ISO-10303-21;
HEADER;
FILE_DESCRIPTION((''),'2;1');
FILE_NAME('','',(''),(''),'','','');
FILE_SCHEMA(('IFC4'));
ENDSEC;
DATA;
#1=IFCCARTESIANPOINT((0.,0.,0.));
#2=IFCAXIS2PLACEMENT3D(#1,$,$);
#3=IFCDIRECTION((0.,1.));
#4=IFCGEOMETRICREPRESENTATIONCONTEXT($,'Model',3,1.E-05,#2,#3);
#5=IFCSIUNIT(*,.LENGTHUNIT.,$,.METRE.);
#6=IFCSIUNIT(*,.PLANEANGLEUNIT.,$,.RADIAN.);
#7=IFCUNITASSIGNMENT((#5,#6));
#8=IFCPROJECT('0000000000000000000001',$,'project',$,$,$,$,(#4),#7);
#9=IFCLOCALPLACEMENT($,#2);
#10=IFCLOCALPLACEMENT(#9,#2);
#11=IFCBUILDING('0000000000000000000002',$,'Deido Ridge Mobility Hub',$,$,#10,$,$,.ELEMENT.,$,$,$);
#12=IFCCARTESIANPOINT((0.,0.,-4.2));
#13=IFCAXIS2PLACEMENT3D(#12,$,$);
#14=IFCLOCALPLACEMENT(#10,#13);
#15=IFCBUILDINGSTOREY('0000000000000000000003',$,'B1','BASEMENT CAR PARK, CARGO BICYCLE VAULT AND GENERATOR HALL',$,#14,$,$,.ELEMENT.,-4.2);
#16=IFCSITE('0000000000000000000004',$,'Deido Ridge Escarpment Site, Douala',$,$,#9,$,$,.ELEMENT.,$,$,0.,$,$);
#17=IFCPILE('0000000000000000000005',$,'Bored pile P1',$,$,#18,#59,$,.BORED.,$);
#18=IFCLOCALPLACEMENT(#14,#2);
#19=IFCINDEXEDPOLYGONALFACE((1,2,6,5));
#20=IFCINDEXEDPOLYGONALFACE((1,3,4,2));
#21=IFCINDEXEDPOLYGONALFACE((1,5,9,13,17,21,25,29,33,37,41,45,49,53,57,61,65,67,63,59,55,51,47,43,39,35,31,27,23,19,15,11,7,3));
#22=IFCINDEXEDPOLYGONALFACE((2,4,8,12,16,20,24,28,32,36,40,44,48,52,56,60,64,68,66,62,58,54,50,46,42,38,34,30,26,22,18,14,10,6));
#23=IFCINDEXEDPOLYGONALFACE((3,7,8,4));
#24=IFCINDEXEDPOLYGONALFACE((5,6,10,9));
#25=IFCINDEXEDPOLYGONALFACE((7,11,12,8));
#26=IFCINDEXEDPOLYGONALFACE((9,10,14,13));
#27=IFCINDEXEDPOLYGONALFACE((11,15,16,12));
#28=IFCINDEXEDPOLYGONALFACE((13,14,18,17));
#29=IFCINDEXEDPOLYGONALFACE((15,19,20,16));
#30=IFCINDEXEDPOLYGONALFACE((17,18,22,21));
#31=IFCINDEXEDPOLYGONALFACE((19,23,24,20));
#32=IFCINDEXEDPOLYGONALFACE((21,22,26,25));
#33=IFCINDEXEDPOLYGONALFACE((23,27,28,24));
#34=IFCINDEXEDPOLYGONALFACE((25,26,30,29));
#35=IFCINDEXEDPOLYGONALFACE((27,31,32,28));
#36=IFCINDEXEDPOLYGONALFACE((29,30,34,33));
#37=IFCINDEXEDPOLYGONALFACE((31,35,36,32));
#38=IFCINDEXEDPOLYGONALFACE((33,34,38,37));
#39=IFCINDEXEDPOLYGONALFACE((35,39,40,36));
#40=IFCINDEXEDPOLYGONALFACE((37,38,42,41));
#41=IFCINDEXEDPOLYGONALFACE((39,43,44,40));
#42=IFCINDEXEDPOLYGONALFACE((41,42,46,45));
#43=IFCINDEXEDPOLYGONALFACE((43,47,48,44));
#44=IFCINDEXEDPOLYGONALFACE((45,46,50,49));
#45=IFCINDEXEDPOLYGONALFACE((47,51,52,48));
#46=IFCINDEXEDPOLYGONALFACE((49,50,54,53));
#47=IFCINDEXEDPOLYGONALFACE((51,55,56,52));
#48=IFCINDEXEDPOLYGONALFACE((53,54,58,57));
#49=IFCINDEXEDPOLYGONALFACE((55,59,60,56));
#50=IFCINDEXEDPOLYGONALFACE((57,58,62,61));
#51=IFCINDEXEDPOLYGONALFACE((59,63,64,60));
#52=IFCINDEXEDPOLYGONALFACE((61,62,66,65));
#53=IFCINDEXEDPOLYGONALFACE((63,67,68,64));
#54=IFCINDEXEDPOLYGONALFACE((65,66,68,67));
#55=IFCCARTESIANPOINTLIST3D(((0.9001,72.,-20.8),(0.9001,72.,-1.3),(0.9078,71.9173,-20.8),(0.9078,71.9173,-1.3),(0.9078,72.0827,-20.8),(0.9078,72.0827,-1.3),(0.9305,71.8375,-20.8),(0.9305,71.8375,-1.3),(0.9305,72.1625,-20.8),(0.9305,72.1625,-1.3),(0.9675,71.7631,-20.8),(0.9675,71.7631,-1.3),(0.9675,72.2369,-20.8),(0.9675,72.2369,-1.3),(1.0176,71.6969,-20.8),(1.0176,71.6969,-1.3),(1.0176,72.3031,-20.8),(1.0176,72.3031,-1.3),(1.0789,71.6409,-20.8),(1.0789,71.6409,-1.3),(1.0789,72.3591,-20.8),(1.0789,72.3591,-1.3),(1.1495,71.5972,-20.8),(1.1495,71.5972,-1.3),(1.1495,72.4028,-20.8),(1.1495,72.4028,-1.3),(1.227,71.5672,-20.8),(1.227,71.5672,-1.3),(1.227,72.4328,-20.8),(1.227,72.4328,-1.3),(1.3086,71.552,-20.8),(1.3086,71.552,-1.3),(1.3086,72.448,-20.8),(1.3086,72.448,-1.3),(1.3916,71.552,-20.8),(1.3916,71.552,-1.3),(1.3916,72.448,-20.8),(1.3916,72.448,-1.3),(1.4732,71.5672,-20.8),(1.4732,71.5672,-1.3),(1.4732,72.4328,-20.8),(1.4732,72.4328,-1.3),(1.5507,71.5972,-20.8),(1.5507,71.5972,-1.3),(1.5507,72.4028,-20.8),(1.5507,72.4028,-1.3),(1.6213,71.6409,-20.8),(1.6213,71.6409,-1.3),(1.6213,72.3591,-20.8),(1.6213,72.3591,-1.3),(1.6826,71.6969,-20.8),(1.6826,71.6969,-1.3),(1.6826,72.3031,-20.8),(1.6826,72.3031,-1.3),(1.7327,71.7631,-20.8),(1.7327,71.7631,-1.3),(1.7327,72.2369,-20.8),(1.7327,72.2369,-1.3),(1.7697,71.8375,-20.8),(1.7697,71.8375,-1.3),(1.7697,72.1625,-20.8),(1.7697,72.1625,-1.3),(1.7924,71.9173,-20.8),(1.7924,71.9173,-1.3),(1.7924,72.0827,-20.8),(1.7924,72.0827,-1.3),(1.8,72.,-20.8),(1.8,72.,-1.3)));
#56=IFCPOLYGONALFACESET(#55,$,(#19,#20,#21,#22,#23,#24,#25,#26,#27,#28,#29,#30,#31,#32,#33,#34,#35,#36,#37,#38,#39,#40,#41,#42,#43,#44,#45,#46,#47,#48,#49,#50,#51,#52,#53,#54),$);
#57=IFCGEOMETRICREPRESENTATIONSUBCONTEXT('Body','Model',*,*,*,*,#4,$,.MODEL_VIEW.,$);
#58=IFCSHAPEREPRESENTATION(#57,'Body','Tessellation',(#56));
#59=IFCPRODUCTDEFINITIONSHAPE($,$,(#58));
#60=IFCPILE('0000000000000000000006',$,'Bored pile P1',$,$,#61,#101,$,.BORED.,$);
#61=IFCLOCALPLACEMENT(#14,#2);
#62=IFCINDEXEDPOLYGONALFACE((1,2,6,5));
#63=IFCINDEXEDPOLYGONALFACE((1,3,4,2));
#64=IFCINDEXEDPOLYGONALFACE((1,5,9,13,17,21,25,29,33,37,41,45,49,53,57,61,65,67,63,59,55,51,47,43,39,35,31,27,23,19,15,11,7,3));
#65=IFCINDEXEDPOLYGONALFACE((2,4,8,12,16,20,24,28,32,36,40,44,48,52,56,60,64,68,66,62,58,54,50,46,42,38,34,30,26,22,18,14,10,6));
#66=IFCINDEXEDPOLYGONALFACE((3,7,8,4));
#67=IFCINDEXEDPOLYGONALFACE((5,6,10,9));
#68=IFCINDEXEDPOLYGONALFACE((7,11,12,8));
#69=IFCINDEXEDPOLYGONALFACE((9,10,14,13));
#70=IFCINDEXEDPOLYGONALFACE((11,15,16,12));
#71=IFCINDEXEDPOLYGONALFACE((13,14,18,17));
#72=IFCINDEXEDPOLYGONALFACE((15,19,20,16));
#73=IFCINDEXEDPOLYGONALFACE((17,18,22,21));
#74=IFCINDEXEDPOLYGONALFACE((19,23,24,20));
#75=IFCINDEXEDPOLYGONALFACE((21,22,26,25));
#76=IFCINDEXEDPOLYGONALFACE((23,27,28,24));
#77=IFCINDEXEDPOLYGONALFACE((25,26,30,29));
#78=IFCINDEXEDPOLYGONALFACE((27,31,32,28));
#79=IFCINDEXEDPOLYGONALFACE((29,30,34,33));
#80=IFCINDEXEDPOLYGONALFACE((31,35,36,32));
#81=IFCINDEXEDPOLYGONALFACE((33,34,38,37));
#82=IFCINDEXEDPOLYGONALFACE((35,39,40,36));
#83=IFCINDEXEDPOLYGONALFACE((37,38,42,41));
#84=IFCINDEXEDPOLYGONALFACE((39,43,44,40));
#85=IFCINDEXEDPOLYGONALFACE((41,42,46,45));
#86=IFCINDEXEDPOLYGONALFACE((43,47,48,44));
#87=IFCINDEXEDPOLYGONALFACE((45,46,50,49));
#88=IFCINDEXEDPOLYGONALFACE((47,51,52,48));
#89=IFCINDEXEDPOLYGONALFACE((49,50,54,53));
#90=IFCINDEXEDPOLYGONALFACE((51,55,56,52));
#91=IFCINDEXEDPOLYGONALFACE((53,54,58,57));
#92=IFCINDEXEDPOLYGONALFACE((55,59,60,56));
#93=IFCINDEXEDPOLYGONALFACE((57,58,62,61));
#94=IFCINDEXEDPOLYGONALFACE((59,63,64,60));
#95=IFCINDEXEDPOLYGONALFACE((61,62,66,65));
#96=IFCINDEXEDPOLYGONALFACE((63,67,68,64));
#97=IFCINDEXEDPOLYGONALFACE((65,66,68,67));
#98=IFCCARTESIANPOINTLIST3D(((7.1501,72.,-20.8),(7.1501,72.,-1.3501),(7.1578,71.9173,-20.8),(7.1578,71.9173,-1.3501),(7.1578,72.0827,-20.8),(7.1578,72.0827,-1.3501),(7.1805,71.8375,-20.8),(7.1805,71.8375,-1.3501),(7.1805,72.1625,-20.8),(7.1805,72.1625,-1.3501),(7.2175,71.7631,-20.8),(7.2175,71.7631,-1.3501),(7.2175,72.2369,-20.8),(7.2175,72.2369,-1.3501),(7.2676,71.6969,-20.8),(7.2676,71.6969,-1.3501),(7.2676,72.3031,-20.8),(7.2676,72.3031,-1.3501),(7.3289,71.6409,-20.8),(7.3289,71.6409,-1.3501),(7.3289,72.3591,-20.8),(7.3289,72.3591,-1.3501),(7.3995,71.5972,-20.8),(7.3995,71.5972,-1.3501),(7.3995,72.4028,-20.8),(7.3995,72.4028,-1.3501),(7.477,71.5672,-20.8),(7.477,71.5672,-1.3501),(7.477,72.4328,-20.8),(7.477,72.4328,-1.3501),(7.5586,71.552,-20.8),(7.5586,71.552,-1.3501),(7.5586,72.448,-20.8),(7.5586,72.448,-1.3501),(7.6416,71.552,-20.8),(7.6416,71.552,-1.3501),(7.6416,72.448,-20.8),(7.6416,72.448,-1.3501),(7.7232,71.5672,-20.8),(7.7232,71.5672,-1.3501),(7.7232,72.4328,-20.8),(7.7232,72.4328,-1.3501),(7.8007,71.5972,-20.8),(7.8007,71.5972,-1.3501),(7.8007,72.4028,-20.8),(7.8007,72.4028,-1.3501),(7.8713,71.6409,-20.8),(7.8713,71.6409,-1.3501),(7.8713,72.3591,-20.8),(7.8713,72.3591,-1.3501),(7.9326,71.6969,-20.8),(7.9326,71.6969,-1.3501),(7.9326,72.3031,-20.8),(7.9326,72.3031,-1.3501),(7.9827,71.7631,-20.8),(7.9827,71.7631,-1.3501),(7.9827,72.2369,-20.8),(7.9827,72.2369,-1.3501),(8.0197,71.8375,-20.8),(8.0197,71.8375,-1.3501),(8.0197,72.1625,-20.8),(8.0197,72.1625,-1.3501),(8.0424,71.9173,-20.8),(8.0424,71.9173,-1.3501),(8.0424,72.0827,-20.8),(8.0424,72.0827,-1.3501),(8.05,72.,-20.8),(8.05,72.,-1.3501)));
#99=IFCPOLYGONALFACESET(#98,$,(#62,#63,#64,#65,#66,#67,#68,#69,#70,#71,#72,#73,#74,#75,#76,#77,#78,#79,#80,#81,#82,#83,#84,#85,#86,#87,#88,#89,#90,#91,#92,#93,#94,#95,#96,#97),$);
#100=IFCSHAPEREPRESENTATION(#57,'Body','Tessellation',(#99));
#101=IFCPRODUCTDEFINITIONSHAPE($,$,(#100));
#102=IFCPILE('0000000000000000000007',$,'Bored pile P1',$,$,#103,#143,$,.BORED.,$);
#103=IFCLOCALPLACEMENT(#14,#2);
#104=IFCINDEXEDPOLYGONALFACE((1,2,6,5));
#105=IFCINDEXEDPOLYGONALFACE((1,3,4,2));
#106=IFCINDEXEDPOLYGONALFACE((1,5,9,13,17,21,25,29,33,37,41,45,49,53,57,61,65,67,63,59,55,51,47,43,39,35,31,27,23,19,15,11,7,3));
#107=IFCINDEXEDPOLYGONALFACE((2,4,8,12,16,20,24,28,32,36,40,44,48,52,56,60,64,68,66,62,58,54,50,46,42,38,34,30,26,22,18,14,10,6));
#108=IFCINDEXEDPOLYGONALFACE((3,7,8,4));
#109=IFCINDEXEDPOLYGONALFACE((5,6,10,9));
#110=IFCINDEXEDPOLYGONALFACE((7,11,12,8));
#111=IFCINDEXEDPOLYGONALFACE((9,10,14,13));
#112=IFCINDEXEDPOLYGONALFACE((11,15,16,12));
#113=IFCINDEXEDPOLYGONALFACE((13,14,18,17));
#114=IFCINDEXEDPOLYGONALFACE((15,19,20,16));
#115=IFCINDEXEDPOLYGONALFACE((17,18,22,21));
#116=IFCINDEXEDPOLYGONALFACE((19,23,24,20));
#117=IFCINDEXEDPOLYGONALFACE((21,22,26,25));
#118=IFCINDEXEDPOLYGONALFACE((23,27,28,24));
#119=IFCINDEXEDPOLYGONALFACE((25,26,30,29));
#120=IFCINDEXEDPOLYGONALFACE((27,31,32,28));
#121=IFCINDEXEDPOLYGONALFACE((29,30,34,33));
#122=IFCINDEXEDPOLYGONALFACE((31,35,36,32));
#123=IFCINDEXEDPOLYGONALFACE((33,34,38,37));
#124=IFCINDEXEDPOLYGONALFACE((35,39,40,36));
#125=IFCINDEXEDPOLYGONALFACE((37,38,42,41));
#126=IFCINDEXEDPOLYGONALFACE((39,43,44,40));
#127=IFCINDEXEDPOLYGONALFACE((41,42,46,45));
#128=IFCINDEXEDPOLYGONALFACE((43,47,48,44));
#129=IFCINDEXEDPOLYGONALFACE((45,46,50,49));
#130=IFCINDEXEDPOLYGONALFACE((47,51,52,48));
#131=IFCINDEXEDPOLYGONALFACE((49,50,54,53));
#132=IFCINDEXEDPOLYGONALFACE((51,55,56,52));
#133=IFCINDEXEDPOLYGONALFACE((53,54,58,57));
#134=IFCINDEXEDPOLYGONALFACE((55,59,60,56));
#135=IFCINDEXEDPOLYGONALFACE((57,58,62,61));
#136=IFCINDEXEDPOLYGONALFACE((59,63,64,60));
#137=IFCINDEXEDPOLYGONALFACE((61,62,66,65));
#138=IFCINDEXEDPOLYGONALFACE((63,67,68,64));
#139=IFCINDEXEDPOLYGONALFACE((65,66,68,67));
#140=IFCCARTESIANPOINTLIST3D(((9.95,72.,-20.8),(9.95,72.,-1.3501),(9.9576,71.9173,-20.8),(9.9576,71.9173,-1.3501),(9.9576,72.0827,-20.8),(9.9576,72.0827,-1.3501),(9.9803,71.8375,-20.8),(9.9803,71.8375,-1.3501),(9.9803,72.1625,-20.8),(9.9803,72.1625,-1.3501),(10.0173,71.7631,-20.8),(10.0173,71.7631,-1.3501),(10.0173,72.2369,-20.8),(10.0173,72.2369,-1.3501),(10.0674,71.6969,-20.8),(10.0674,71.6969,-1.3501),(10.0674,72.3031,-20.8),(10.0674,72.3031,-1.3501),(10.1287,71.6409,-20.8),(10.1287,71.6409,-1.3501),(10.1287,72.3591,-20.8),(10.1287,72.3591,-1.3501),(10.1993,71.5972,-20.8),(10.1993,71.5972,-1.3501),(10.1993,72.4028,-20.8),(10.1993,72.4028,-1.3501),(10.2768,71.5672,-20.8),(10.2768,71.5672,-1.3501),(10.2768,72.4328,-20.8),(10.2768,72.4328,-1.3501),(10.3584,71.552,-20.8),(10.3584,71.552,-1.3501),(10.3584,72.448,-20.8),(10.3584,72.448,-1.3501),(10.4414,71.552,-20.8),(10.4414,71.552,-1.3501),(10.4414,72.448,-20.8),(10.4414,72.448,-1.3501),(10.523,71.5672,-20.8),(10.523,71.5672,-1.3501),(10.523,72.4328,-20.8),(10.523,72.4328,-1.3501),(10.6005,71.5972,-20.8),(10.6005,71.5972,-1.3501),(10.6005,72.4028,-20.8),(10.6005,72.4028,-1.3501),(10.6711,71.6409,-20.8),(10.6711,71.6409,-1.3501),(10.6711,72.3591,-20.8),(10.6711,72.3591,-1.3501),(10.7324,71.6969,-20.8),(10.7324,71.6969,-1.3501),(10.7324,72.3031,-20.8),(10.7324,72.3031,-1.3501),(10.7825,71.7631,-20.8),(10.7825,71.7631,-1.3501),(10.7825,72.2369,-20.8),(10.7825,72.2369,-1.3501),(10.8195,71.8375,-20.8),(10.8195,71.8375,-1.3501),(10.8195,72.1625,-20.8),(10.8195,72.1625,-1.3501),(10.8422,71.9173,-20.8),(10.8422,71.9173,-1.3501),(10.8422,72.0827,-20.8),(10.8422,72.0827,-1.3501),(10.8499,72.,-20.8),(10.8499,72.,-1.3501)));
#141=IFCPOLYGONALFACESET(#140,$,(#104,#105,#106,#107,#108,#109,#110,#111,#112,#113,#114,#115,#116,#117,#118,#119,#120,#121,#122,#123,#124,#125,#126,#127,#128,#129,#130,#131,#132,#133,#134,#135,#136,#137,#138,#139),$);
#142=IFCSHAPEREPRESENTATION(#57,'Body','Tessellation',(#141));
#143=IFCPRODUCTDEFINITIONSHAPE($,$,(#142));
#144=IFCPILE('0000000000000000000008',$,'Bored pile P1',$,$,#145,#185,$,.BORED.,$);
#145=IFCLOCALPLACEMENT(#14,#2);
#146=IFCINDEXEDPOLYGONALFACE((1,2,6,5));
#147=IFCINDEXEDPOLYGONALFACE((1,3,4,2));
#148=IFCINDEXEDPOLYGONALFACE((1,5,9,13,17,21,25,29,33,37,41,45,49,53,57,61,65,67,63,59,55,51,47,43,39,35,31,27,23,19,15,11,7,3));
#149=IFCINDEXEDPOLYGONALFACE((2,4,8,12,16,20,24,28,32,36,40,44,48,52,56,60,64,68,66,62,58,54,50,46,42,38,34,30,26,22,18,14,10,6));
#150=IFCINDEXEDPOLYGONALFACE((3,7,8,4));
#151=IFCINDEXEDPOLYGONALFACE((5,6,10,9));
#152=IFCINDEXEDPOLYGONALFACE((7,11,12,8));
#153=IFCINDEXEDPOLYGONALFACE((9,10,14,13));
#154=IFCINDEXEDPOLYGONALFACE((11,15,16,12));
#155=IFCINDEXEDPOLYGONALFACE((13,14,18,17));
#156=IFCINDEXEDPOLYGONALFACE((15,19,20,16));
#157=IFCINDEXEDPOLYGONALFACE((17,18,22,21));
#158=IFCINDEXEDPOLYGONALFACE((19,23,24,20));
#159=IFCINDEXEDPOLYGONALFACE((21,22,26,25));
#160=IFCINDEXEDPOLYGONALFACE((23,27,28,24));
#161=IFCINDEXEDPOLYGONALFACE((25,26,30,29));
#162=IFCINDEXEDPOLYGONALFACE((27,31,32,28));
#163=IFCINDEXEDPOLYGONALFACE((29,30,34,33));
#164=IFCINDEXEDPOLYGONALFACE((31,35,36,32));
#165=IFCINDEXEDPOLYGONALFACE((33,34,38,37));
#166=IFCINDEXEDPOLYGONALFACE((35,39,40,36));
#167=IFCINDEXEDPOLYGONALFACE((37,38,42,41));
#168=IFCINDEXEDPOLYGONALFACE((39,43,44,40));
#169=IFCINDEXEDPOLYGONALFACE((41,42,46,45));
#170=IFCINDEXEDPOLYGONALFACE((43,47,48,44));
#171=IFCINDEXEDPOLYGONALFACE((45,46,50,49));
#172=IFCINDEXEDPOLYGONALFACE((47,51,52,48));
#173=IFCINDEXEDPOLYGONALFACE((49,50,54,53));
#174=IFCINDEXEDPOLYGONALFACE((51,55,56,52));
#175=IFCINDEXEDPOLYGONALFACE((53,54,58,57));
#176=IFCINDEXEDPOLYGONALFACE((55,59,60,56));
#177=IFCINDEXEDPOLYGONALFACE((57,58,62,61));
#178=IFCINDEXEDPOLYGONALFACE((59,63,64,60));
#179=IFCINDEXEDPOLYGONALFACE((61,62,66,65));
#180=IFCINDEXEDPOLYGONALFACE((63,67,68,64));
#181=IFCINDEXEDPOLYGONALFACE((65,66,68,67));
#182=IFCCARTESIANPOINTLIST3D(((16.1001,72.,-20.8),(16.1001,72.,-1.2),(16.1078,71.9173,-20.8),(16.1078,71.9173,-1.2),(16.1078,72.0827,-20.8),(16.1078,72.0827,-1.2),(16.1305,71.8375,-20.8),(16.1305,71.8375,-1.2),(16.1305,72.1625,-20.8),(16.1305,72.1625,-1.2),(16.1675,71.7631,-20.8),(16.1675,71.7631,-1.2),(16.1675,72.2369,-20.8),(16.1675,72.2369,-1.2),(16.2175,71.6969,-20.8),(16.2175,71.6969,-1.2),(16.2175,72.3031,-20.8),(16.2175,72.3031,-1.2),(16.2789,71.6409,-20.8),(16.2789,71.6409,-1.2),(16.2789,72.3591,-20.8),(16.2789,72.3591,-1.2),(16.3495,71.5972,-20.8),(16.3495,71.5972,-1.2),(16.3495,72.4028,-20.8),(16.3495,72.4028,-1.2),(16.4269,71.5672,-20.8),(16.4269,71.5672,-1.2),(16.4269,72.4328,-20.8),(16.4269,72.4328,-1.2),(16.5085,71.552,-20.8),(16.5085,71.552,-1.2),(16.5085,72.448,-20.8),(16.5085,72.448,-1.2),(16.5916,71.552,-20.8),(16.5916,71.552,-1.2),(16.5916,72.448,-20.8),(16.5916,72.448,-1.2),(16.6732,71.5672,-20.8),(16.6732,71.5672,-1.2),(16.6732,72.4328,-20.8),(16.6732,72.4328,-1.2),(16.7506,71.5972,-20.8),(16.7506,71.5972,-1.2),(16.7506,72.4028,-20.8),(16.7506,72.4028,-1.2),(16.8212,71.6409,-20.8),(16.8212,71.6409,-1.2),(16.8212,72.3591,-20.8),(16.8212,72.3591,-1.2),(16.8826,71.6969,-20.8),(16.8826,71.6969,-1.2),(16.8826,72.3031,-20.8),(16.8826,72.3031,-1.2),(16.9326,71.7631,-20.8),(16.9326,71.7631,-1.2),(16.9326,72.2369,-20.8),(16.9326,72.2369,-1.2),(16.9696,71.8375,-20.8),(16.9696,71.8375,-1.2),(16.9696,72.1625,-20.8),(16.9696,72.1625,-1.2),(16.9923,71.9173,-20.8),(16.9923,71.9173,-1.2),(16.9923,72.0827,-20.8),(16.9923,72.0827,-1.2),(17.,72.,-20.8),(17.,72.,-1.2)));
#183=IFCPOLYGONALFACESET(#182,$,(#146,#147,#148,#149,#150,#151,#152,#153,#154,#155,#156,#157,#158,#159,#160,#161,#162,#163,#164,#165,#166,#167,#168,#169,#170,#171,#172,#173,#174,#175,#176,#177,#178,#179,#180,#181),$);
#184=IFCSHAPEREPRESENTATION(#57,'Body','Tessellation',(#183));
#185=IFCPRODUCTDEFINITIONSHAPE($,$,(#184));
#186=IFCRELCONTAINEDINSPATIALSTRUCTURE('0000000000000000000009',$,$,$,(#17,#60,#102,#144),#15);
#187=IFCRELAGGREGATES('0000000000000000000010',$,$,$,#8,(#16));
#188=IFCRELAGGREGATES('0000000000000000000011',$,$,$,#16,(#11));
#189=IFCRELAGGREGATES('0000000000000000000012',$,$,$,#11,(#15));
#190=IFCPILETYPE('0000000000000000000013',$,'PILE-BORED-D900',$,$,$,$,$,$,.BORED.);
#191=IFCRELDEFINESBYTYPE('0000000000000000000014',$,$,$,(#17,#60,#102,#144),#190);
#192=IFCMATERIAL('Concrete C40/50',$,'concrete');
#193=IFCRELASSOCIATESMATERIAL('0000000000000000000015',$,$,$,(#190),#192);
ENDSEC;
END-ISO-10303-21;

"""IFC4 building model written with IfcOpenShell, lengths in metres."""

from ifc_helpers import new_model, si_unit, direction, frame, origin, origin_2d, place, context, subcontext, project, spatial, circle, extrude, material, material_profile, profile_set, type_object, element, save


model = new_model("IFC4")

# Units and contexts
model_context = context("Model", 3, precision=1e-05, world=origin(), true_north=direction((0.0, 1.0)))
body_context = subcontext(model_context, "Body", "Model", "MODEL_VIEW")
ifc_project = project(units=[si_unit("LENGTHUNIT", "METRE"), si_unit("PLANEANGLEUNIT", "RADIAN")], contexts=[model_context])

# Site, building, storey
site_placement = place(None, origin())
site = spatial("IfcSite", under=ifc_project, at=site_placement, Name="Deido Ridge Escarpment Site, Douala", CompositionType="ELEMENT", RefElevation=0.0)
building_placement = place(site_placement, origin())
building = spatial("IfcBuilding", under=site, at=building_placement, Name="Deido Ridge Mobility Hub", CompositionType="ELEMENT")
storey_placement = place(building_placement, frame((0.0, 0.0, -4.2)))
storey = spatial("IfcBuildingStorey", under=building, at=storey_placement, Name="B1", Description="BASEMENT CAR PARK, CARGO BICYCLE VAULT AND GENERATOR HALL", CompositionType="ELEMENT", Elevation=-4.2)

# Shared definitions
ifc_material_1 = material(Name="Concrete C40/50", Category="concrete")

# Piles
ifc_material_profile_1 = material_profile(ifc_material_1, circle(Radius=0.45, at=origin_2d()), Name="BORED PILE D900")
ifc_profile_set_1 = profile_set([ifc_material_profile_1], Name="Concrete C40/50")
pile_type = type_object("IfcPileType", Name="PILE-BORED-D900", PredefinedType="BORED", material=ifc_profile_set_1)
for number, where, z_axis, x_axis, name in (
    (1, (1.3501, 72.0, -1.3), (0.0, 0.0, -1.0), (1.0, 0.0, 0.0), "Bored pile P1"),
):
    element("IfcPile", number, at=place(storey_placement, frame(where, z_axis=z_axis, x_axis=x_axis)), inside=storey, type_object=pile_type, Name=name, PredefinedType="BORED", context=body_context, shape_type="SweptSolid", body=[
        extrude(circle(Radius=0.45, at=origin_2d()), origin(), (0.0, 0.0, 1.0), 19.5),
    ])
for number, where, z_axis, x_axis, name in (
    (2, (7.6001, 72.0, -1.3501), (0.0, 0.0, -1.0), (1.0, 0.0, 0.0), "Bored pile P1"),
    (3, (10.3999, 72.0, -1.3501), (0.0, 0.0, -1.0), (1.0, 0.0, 0.0), "Bored pile P1"),
):
    element("IfcPile", number, at=place(storey_placement, frame(where, z_axis=z_axis, x_axis=x_axis)), inside=storey, type_object=pile_type, Name=name, PredefinedType="BORED", context=body_context, shape_type="SweptSolid", body=[
        extrude(circle(Radius=0.45, at=origin_2d()), origin(), (0.0, 0.0, 1.0), 19.45),
    ])
pile_placement = place(storey_placement, frame((16.55, 72.0, -1.2), z_axis=(0.0, 0.0, -1.0), x_axis=(1.0, 0.0, 0.0)))
element("IfcPile", 4, at=pile_placement, inside=storey, type_object=pile_type, Name="Bored pile P1", PredefinedType="BORED", context=body_context, shape_type="SweptSolid", body=[
    extrude(circle(Radius=0.45, at=origin_2d()), origin(), (0.0, 0.0, 1.0), 19.6001),
])

save(model, "model.ifc")
